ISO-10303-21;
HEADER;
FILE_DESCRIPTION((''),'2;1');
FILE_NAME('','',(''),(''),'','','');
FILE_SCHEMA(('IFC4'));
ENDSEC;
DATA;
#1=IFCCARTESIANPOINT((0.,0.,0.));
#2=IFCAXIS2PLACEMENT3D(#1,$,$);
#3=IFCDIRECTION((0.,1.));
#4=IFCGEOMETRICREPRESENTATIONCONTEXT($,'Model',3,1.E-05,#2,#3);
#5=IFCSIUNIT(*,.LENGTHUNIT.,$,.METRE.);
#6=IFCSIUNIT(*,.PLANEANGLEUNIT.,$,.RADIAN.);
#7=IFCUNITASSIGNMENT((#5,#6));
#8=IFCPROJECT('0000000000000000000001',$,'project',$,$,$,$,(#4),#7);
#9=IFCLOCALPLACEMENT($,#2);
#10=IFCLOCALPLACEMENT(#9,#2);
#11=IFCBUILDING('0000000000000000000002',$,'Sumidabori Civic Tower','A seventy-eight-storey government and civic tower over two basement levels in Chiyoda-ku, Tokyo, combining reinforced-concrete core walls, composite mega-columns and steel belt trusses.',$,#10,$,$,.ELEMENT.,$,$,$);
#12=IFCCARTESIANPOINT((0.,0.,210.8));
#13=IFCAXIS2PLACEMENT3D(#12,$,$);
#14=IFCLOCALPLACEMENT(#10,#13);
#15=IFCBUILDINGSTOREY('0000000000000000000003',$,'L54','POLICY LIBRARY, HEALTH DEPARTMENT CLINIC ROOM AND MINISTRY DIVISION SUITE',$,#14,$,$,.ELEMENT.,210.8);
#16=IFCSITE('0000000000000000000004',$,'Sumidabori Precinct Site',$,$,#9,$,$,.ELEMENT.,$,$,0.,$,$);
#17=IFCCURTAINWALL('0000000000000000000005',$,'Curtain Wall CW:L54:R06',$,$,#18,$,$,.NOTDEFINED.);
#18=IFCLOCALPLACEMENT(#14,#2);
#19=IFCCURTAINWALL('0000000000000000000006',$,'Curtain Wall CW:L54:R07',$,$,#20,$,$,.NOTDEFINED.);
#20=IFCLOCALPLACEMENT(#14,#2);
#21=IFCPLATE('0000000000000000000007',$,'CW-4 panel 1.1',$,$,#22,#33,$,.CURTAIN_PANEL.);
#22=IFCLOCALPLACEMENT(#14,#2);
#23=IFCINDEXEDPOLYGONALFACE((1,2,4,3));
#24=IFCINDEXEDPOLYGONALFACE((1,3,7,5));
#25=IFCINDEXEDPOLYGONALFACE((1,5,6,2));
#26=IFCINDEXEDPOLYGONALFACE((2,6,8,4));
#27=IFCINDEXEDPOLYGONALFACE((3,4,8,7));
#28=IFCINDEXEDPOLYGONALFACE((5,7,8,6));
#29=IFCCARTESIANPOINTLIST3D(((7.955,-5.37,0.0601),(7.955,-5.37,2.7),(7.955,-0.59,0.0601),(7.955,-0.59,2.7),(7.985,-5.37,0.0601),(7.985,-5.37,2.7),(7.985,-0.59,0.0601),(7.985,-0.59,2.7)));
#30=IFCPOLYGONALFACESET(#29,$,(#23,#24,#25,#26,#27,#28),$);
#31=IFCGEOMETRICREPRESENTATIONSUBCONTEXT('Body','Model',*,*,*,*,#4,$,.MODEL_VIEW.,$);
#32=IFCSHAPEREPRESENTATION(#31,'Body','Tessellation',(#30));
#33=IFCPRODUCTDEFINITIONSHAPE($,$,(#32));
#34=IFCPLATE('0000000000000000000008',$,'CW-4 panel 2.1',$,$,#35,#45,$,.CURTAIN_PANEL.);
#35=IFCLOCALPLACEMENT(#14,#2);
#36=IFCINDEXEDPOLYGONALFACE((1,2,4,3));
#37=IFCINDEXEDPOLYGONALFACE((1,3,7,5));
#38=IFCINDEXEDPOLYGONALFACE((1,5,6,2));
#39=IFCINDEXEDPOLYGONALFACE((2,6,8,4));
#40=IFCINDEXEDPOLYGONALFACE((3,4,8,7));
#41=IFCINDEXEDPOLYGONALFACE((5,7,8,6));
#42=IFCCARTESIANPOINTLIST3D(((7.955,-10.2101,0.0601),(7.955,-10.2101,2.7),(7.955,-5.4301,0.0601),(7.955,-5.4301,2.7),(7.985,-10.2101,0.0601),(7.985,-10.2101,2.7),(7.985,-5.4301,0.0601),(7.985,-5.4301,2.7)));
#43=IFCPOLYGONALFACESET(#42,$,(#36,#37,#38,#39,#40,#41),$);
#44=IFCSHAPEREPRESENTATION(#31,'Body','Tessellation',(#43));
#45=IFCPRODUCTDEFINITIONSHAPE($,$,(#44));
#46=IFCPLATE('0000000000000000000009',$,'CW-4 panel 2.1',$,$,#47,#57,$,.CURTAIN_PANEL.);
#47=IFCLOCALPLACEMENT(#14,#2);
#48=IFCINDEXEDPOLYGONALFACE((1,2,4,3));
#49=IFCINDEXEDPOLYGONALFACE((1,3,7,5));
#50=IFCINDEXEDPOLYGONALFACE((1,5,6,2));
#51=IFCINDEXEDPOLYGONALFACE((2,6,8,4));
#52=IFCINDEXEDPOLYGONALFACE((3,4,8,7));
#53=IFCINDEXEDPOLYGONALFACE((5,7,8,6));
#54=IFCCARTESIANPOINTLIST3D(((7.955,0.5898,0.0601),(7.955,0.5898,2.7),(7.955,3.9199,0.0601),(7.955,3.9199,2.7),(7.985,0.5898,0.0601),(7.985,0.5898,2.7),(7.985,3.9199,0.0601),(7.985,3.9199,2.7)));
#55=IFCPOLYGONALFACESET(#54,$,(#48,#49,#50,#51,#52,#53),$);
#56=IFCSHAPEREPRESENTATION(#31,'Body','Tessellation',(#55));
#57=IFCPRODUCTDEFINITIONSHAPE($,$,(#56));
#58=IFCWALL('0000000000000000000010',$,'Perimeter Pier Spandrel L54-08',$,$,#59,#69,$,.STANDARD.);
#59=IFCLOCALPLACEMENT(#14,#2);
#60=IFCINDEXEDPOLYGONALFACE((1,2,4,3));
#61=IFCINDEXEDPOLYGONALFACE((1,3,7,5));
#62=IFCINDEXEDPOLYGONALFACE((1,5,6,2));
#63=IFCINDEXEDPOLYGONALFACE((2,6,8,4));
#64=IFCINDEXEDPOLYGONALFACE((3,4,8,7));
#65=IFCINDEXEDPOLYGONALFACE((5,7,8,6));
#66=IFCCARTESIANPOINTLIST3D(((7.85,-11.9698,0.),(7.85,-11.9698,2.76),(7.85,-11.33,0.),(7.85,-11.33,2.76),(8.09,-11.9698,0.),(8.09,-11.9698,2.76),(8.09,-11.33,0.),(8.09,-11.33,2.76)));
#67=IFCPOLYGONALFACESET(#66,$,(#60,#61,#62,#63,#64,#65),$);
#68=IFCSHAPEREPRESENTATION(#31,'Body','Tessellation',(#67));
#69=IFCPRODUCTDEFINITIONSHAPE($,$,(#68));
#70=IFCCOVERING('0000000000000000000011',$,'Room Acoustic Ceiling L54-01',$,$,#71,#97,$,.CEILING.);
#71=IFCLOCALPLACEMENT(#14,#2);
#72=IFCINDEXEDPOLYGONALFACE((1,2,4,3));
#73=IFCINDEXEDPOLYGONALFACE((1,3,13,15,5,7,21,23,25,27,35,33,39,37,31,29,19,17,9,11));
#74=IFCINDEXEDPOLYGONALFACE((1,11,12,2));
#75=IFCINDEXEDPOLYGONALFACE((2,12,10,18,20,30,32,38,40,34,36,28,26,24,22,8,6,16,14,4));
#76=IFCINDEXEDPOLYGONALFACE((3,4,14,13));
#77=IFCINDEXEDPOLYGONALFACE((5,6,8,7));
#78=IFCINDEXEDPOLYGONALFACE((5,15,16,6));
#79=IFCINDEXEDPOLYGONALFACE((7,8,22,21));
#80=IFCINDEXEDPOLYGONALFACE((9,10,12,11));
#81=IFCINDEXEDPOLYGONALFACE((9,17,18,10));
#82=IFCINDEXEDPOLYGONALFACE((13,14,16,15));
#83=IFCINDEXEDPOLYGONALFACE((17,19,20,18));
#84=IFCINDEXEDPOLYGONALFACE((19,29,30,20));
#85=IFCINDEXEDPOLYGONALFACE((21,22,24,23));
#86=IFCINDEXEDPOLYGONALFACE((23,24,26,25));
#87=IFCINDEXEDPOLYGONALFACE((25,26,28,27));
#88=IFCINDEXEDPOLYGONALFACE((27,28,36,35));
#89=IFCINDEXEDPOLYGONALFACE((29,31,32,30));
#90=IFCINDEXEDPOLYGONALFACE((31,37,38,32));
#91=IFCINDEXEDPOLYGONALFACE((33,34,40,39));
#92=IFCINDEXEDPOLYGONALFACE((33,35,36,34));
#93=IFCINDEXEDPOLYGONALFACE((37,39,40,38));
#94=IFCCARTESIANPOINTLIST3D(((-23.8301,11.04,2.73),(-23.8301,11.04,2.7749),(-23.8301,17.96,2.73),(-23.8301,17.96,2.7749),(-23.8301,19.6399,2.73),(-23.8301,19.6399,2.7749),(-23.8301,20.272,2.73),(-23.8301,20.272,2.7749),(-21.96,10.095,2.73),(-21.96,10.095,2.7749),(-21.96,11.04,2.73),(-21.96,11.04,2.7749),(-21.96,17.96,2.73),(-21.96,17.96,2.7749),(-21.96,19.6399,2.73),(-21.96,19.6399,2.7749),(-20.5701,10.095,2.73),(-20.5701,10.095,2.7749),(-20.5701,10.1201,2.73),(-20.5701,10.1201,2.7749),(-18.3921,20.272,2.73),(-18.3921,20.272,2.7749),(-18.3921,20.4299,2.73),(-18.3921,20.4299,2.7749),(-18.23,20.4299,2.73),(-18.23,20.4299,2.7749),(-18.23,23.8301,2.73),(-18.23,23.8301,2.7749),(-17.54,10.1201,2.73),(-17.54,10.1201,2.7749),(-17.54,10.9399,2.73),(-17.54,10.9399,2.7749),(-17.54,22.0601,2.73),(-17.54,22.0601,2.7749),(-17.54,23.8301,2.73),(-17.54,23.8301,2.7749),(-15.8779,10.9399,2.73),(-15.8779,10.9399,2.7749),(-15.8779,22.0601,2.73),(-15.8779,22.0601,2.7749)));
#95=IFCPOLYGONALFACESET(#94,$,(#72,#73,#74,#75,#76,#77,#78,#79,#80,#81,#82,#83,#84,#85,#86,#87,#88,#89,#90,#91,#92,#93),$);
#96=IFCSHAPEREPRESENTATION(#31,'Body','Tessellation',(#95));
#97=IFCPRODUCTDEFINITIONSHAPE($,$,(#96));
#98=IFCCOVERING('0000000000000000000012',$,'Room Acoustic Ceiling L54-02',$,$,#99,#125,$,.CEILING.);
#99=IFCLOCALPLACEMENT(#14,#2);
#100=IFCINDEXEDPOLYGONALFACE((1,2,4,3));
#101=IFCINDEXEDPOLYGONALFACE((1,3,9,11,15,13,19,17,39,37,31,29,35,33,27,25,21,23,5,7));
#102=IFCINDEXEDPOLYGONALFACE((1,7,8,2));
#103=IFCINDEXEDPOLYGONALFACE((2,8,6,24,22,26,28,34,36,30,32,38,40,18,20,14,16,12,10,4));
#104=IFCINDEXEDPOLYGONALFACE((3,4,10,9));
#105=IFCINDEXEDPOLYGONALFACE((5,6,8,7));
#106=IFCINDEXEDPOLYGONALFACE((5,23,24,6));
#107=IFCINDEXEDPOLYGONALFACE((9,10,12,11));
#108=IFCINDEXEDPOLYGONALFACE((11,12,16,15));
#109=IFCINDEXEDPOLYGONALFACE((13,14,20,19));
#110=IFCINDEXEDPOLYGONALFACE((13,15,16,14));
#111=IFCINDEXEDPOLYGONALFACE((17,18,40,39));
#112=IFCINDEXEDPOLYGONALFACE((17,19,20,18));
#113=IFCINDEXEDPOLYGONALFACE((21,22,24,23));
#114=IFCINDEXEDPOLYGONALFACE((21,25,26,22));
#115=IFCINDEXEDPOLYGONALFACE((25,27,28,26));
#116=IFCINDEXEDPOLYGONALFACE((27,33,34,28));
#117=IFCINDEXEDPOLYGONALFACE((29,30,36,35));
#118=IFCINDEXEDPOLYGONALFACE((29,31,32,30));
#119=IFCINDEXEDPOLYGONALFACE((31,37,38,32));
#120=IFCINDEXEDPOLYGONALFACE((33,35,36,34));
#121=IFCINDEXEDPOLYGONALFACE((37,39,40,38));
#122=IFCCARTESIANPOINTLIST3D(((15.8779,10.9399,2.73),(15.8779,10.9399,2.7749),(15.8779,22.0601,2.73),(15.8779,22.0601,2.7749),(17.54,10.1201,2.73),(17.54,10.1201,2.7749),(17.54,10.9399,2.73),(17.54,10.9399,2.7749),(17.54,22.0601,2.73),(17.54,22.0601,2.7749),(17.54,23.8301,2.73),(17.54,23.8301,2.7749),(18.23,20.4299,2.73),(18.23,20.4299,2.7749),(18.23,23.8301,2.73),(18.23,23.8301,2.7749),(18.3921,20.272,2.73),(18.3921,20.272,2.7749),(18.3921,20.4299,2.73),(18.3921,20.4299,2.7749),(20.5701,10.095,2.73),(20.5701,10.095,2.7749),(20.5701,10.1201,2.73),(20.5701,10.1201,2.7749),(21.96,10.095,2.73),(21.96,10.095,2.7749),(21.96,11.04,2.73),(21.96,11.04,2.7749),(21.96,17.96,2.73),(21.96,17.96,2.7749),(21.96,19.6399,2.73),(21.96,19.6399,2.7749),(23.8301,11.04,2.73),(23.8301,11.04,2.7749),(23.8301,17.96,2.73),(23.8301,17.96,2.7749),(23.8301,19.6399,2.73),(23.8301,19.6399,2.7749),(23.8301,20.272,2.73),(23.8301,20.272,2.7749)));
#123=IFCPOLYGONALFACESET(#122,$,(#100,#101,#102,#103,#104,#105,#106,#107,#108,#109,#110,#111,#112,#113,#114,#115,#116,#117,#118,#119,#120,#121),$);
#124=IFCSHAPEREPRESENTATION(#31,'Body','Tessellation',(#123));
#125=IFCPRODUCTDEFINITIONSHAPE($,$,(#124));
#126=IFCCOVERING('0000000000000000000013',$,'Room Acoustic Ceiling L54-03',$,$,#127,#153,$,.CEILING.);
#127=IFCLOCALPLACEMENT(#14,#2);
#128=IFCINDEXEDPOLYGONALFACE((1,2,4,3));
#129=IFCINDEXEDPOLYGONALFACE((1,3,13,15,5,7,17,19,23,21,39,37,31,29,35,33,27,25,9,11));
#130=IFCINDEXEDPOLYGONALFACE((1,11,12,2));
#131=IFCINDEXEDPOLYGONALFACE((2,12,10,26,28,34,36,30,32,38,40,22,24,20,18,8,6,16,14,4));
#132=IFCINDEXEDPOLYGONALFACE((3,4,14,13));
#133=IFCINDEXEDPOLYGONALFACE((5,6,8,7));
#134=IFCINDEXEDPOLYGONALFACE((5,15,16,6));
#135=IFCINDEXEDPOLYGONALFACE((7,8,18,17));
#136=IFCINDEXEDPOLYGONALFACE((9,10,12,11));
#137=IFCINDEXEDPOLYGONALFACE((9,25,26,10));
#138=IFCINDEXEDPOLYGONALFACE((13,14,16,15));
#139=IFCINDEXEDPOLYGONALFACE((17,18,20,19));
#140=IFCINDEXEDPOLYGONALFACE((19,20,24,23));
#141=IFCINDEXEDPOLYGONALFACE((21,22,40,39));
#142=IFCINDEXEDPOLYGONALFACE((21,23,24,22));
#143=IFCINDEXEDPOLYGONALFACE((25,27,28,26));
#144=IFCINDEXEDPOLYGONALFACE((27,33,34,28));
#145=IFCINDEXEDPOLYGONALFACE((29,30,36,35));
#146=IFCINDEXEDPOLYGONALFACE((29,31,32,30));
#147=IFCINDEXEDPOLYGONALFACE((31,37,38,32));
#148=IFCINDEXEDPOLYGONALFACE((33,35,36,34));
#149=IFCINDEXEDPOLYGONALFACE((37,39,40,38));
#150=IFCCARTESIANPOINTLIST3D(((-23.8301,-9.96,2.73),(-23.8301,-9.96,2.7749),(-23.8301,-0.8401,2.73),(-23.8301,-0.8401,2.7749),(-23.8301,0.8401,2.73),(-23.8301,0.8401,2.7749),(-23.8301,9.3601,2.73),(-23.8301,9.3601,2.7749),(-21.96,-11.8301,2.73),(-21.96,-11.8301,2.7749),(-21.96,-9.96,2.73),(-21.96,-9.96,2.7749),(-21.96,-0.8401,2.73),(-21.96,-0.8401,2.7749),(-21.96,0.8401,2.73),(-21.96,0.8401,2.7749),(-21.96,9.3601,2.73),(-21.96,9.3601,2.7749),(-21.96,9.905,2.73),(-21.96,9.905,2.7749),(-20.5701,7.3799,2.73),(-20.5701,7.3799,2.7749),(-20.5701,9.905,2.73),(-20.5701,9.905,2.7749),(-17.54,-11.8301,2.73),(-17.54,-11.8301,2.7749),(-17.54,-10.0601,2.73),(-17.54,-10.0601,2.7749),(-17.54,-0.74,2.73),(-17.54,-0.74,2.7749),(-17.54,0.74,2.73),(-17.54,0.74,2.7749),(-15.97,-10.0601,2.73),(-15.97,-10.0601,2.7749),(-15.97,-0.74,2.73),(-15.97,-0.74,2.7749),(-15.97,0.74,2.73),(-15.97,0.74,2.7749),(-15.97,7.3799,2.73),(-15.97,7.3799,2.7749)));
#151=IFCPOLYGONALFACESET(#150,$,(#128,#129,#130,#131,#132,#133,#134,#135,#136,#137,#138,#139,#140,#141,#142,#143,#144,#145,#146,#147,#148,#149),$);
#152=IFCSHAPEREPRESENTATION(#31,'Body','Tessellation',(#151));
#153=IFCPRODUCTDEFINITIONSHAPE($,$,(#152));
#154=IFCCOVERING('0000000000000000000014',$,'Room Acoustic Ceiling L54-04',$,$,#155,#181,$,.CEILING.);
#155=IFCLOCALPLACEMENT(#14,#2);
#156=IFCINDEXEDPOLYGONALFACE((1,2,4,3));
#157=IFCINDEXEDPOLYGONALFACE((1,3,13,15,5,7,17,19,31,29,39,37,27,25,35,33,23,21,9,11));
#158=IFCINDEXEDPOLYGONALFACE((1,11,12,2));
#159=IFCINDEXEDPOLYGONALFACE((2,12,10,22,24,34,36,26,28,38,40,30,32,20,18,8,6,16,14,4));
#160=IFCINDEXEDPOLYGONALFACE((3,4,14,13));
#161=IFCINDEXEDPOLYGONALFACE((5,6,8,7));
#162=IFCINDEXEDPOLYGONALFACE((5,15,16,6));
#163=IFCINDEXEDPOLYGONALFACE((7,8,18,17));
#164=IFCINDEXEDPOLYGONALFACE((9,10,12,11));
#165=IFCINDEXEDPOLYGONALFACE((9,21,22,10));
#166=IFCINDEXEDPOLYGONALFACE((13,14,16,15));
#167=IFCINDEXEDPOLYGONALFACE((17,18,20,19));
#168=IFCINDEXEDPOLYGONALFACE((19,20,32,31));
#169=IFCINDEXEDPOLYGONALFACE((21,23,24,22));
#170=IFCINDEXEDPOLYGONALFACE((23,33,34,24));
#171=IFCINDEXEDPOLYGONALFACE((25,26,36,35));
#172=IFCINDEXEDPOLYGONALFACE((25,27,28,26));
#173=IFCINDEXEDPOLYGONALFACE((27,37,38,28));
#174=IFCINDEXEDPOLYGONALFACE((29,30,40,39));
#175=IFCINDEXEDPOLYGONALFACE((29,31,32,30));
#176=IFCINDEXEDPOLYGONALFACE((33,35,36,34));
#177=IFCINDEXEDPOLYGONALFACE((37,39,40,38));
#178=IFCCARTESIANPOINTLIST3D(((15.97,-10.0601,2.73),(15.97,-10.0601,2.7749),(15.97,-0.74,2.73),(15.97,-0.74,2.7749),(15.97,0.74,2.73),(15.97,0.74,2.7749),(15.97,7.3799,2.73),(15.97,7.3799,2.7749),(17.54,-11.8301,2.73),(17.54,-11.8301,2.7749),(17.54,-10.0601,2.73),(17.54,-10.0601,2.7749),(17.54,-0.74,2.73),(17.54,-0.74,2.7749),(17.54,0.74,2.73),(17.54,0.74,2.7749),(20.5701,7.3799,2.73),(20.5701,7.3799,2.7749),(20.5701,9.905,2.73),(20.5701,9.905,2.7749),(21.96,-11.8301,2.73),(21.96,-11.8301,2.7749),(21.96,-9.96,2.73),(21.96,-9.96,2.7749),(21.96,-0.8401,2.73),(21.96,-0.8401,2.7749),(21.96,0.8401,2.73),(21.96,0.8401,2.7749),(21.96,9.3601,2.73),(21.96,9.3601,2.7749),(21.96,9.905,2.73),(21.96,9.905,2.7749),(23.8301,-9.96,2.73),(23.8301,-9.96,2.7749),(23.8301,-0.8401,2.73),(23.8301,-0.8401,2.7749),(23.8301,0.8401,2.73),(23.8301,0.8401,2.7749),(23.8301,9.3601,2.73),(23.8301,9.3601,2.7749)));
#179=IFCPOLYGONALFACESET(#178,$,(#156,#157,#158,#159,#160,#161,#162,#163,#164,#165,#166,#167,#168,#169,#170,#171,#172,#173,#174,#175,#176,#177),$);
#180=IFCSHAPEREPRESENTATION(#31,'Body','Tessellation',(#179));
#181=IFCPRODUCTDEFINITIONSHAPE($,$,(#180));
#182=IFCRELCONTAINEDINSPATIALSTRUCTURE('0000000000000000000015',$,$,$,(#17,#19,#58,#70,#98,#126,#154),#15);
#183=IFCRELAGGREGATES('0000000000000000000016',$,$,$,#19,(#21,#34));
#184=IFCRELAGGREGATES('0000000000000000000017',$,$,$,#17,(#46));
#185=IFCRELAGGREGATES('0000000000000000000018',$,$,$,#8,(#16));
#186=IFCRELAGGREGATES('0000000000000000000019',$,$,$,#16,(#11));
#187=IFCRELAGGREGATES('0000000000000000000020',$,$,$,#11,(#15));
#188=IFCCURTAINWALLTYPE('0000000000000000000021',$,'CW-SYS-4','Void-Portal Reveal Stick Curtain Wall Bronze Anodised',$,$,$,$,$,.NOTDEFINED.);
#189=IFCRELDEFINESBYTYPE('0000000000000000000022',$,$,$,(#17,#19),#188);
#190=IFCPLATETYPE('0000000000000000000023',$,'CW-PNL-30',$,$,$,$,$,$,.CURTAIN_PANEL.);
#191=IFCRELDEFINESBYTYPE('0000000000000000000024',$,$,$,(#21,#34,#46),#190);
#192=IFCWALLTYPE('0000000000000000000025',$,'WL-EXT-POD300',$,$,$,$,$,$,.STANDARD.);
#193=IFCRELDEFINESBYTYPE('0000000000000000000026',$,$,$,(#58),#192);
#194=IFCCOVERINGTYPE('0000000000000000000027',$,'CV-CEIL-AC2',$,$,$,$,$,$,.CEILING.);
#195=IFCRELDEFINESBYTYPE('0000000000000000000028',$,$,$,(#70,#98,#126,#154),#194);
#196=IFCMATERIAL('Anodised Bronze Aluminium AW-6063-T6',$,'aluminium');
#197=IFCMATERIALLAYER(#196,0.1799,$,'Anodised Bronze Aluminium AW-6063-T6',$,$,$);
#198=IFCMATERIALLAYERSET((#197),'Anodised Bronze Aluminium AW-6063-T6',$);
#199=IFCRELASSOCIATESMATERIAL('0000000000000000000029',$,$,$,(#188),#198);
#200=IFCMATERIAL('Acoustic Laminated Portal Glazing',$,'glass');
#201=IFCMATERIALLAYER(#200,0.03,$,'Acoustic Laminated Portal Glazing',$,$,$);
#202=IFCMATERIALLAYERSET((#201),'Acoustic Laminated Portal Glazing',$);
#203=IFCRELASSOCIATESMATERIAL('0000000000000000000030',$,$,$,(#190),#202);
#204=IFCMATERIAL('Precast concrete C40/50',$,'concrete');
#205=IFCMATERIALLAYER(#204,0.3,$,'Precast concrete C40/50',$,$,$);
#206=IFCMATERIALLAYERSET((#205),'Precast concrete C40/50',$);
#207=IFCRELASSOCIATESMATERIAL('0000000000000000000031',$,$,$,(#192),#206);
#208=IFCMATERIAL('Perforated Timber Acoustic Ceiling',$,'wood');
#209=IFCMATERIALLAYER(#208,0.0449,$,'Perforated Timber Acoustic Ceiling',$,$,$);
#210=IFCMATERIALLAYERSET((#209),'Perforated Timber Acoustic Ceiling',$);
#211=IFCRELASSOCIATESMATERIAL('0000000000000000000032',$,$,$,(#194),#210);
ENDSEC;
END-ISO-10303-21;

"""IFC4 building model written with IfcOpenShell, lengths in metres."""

from ifc_helpers import new_model, si_unit, direction, frame, frame_2d, origin, origin_2d, place, context, subcontext, project, spatial, polyline, rectangle, outline, extrude, source, transform, mapped, material, layer, layer_set, type_object, element, aggregate, save


model = new_model("IFC4")

# Units and contexts
model_context = context("Model", 3, precision=1e-05, world=origin(), true_north=direction((0.0, 1.0)))
body_context = subcontext(model_context, "Body", "Model", "MODEL_VIEW")
ifc_project = project(units=[si_unit("LENGTHUNIT", "METRE"), si_unit("PLANEANGLEUNIT", "RADIAN")], contexts=[model_context])

# Site, building, storey
site_placement = place(None, origin())
site = spatial("IfcSite", under=ifc_project, at=site_placement, Name="Sumidabori Precinct Site", CompositionType="ELEMENT", RefElevation=0.0)
building_placement = place(site_placement, origin())
building = spatial("IfcBuilding", under=site, at=building_placement, Name="Sumidabori Civic Tower", Description="A seventy-eight-storey government and civic tower over two basement levels in Chiyoda-ku, Tokyo, combining reinforced-concrete core walls, composite mega-columns and steel belt trusses.", CompositionType="ELEMENT")
storey_placement = place(building_placement, frame((0.0, 0.0, 210.8)))
storey = spatial("IfcBuildingStorey", under=building, at=storey_placement, Name="L54", Description="POLICY LIBRARY, HEALTH DEPARTMENT CLINIC ROOM AND MINISTRY DIVISION SUITE", CompositionType="ELEMENT", Elevation=210.8)

# Curtain walls
ifc_material_1 = material(Name="Anodised Bronze Aluminium AW-6063-T6", Category="aluminium")
ifc_layer_1 = layer(ifc_material_1, 0.1799, Name="Anodised Bronze Aluminium AW-6063-T6")
ifc_layer_set_1 = layer_set([ifc_layer_1], Name="Anodised Bronze Aluminium AW-6063-T6")
curtain_wall_type_1 = type_object("IfcCurtainWallType", Name="CW-SYS-4", Description="Void-Portal Reveal Stick Curtain Wall Bronze Anodised", PredefinedType="NOTDEFINED", material=ifc_layer_set_1)
curtain_wall_1_placement = place(storey_placement, origin())
curtain_wall_1 = element("IfcCurtainWall", 1, at=curtain_wall_1_placement, inside=storey, type_object=curtain_wall_type_1, Name="Curtain Wall CW:L54:R06", PredefinedType="NOTDEFINED")
curtain_wall_2_placement = place(storey_placement, origin())
curtain_wall_2 = element("IfcCurtainWall", 2, at=curtain_wall_2_placement, inside=storey, type_object=curtain_wall_type_1, Name="Curtain Wall CW:L54:R07", PredefinedType="NOTDEFINED")

# Plates
ifc_material_2 = material(Name="Acoustic Laminated Portal Glazing", Category="glass")
ifc_layer_2 = layer(ifc_material_2, 0.03, Name="Acoustic Laminated Portal Glazing")
ifc_layer_set_2 = layer_set([ifc_layer_2], Name="Acoustic Laminated Portal Glazing")
plate_type = type_object("IfcPlateType", Name="CW-PNL-30", PredefinedType="CURTAIN_PANEL", material=ifc_layer_set_2)
shared_shape_1 = source(origin(), body_context, "Body", "SweptSolid", [
    extrude(rectangle(XDim=4.78, YDim=0.03, at=origin_2d()), origin(), (0.0, 0.0, 1.0), 2.6399),
])
plate_1_placement = place(storey_placement, frame((7.97, -2.98, 0.0601), z_axis=(0.0, 0.0, 1.0), x_axis=(0.0, -1.0, 0.0)))
plate_1 = element("IfcPlate", 3, at=plate_1_placement, type_object=plate_type, Name="CW-4 panel 1.1", PredefinedType="CURTAIN_PANEL", context=body_context, shape_type="MappedRepresentation", body=[
    mapped(shared_shape_1, transform((0.0, 0.0, 0.0), x_axis=(1.0, 0.0, 0.0), y_axis=(0.0, 1.0, 0.0), z_axis=(0.0, 0.0, 1.0), scale=1.0)),
])
plate_2_placement = place(storey_placement, frame((7.97, -7.8201, 0.0601), z_axis=(0.0, 0.0, 1.0), x_axis=(0.0, -1.0, 0.0)))
plate_2 = element("IfcPlate", 4, at=plate_2_placement, type_object=plate_type, Name="CW-4 panel 2.1", PredefinedType="CURTAIN_PANEL", context=body_context, shape_type="MappedRepresentation", body=[
    mapped(shared_shape_1, transform((0.0, 0.0, 0.0), x_axis=(1.0, 0.0, 0.0), y_axis=(0.0, 1.0, 0.0), z_axis=(0.0, 0.0, 1.0), scale=1.0)),
])
aggregate(curtain_wall_2, [plate_1, plate_2])
shared_shape_2 = source(origin(), body_context, "Body", "SweptSolid", [
    extrude(rectangle(XDim=3.3301, YDim=0.03, at=origin_2d()), origin(), (0.0, 0.0, 1.0), 2.6399),
])
plate_3_placement = place(storey_placement, frame((7.97, 2.2549, 0.0601), z_axis=(0.0, 0.0, 1.0), x_axis=(0.0, -1.0, 0.0)))
plate_3 = element("IfcPlate", 5, at=plate_3_placement, type_object=plate_type, Name="CW-4 panel 2.1", PredefinedType="CURTAIN_PANEL", context=body_context, shape_type="MappedRepresentation", body=[
    mapped(shared_shape_2, transform((0.0, 0.0, 0.0), x_axis=(1.0, 0.0, 0.0), y_axis=(0.0, 1.0, 0.0), z_axis=(0.0, 0.0, 1.0), scale=1.0)),
])
aggregate(curtain_wall_1, [plate_3])

# Wall
ifc_material_3 = material(Name="Precast concrete C40/50", Category="concrete")
ifc_layer_3 = layer(ifc_material_3, 0.3, Name="Precast concrete C40/50")
ifc_layer_set_3 = layer_set([ifc_layer_3], Name="Precast concrete C40/50")
wall_type = type_object("IfcWallType", Name="WL-EXT-POD300", PredefinedType="STANDARD", material=ifc_layer_set_3)
shared_shape_3 = source(origin(), body_context, "Body", "SweptSolid", [
    extrude(rectangle(XDim=0.6399, YDim=0.24, at=frame_2d((0.3198, 0.0))), origin(), (0.0, 0.0, 1.0), 2.76),
])
wall_placement = place(storey_placement, frame((7.97, -11.3301, 0.0), z_axis=(0.0, 0.0, 1.0), x_axis=(0.0, -1.0, 0.0)))
element("IfcWall", 6, at=wall_placement, inside=storey, type_object=wall_type, Name="Perimeter Pier Spandrel L54-08", PredefinedType="STANDARD", context=body_context, shape_type="MappedRepresentation", body=[
    mapped(shared_shape_3, transform((0.0, 0.0, 0.0), x_axis=(1.0, 0.0, 0.0), y_axis=(0.0, 1.0, 0.0), z_axis=(0.0, 0.0, 1.0), scale=1.0)),
])

# Coverings
ifc_material_4 = material(Name="Perforated Timber Acoustic Ceiling", Category="wood")
ifc_layer_4 = layer(ifc_material_4, 0.0449, Name="Perforated Timber Acoustic Ceiling")
ifc_layer_set_4 = layer_set([ifc_layer_4], Name="Perforated Timber Acoustic Ceiling")
covering_type_1 = type_object("IfcCoveringType", Name="CV-CEIL-AC2", PredefinedType="CEILING", material=ifc_layer_set_4)
covering_1_placement = place(storey_placement, frame((0.0, 0.0, 2.73)))
element("IfcCovering", 7, at=covering_1_placement, inside=storey, type_object=covering_type_1, Name="Room Acoustic Ceiling L54-01", PredefinedType="CEILING", context=body_context, shape_type="SweptSolid", body=[
    extrude(outline(polyline([(-23.8301, 17.96), (-21.96, 17.96), (-21.96, 19.6399), (-23.8301, 19.6399), (-23.8301, 20.272), (-18.3921, 20.272), (-18.3921, 20.4299), (-18.23, 20.4299), (-18.23, 23.8301), (-17.54, 23.8301), (-17.54, 22.0601), (-15.8779, 22.0601), (-15.8779, 10.9399), (-17.54, 10.9399), (-17.54, 10.1201), (-20.5701, 10.1201), (-20.5701, 10.095), (-21.96, 10.095), (-21.96, 11.04), (-23.8301, 11.04), (-23.8301, 17.96)])), origin(), (0.0, 0.0, 1.0), 0.0449),
])
covering_2_placement = place(storey_placement, frame((0.0, 0.0, 2.73)))
element("IfcCovering", 8, at=covering_2_placement, inside=storey, type_object=covering_type_1, Name="Room Acoustic Ceiling L54-02", PredefinedType="CEILING", context=body_context, shape_type="SweptSolid", body=[
    extrude(outline(polyline([(23.8301, 20.272), (23.8301, 19.6399), (21.96, 19.6399), (21.96, 17.96), (23.8301, 17.96), (23.8301, 11.04), (21.96, 11.04), (21.96, 10.095), (20.5701, 10.095), (20.5701, 10.1201), (17.54, 10.1201), (17.54, 10.9399), (15.8779, 10.9399), (15.8779, 22.0601), (17.54, 22.0601), (17.54, 23.8301), (18.23, 23.8301), (18.23, 20.4299), (18.3921, 20.4299), (18.3921, 20.272), (23.8301, 20.272)])), origin(), (0.0, 0.0, 1.0), 0.0449),
])
covering_3_placement = place(storey_placement, frame((0.0, 0.0, 2.73)))
element("IfcCovering", 9, at=covering_3_placement, inside=storey, type_object=covering_type_1, Name="Room Acoustic Ceiling L54-03", PredefinedType="CEILING", context=body_context, shape_type="SweptSolid", body=[
    extrude(outline(polyline([(-23.8301, -0.8401), (-21.96, -0.8401), (-21.96, 0.8401), (-23.8301, 0.8401), (-23.8301, 9.3601), (-21.96, 9.3601), (-21.96, 9.905), (-20.5701, 9.905), (-20.5701, 7.3799), (-15.97, 7.3799), (-15.97, 0.74), (-17.54, 0.74), (-17.54, -0.74), (-15.97, -0.74), (-15.97, -10.0601), (-17.54, -10.0601), (-17.54, -11.8301), (-21.96, -11.8301), (-21.96, -9.96), (-23.8301, -9.96), (-23.8301, -0.8401)])), origin(), (0.0, 0.0, 1.0), 0.0449),
])
covering_4_placement = place(storey_placement, frame((0.0, 0.0, 2.73)))
element("IfcCovering", 10, at=covering_4_placement, inside=storey, type_object=covering_type_1, Name="Room Acoustic Ceiling L54-04", PredefinedType="CEILING", context=body_context, shape_type="SweptSolid", body=[
    extrude(outline(polyline([(17.54, -10.0601), (15.97, -10.0601), (15.97, -0.74), (17.54, -0.74), (17.54, 0.74), (15.97, 0.74), (15.97, 7.3799), (20.5701, 7.3799), (20.5701, 9.905), (21.96, 9.905), (21.96, 9.3601), (23.8301, 9.3601), (23.8301, 0.8401), (21.96, 0.8401), (21.96, -0.8401), (23.8301, -0.8401), (23.8301, -9.96), (21.96, -9.96), (21.96, -11.8301), (17.54, -11.8301), (17.54, -10.0601)])), origin(), (0.0, 0.0, 1.0), 0.0449),
])

save(model, "model.ifc")
